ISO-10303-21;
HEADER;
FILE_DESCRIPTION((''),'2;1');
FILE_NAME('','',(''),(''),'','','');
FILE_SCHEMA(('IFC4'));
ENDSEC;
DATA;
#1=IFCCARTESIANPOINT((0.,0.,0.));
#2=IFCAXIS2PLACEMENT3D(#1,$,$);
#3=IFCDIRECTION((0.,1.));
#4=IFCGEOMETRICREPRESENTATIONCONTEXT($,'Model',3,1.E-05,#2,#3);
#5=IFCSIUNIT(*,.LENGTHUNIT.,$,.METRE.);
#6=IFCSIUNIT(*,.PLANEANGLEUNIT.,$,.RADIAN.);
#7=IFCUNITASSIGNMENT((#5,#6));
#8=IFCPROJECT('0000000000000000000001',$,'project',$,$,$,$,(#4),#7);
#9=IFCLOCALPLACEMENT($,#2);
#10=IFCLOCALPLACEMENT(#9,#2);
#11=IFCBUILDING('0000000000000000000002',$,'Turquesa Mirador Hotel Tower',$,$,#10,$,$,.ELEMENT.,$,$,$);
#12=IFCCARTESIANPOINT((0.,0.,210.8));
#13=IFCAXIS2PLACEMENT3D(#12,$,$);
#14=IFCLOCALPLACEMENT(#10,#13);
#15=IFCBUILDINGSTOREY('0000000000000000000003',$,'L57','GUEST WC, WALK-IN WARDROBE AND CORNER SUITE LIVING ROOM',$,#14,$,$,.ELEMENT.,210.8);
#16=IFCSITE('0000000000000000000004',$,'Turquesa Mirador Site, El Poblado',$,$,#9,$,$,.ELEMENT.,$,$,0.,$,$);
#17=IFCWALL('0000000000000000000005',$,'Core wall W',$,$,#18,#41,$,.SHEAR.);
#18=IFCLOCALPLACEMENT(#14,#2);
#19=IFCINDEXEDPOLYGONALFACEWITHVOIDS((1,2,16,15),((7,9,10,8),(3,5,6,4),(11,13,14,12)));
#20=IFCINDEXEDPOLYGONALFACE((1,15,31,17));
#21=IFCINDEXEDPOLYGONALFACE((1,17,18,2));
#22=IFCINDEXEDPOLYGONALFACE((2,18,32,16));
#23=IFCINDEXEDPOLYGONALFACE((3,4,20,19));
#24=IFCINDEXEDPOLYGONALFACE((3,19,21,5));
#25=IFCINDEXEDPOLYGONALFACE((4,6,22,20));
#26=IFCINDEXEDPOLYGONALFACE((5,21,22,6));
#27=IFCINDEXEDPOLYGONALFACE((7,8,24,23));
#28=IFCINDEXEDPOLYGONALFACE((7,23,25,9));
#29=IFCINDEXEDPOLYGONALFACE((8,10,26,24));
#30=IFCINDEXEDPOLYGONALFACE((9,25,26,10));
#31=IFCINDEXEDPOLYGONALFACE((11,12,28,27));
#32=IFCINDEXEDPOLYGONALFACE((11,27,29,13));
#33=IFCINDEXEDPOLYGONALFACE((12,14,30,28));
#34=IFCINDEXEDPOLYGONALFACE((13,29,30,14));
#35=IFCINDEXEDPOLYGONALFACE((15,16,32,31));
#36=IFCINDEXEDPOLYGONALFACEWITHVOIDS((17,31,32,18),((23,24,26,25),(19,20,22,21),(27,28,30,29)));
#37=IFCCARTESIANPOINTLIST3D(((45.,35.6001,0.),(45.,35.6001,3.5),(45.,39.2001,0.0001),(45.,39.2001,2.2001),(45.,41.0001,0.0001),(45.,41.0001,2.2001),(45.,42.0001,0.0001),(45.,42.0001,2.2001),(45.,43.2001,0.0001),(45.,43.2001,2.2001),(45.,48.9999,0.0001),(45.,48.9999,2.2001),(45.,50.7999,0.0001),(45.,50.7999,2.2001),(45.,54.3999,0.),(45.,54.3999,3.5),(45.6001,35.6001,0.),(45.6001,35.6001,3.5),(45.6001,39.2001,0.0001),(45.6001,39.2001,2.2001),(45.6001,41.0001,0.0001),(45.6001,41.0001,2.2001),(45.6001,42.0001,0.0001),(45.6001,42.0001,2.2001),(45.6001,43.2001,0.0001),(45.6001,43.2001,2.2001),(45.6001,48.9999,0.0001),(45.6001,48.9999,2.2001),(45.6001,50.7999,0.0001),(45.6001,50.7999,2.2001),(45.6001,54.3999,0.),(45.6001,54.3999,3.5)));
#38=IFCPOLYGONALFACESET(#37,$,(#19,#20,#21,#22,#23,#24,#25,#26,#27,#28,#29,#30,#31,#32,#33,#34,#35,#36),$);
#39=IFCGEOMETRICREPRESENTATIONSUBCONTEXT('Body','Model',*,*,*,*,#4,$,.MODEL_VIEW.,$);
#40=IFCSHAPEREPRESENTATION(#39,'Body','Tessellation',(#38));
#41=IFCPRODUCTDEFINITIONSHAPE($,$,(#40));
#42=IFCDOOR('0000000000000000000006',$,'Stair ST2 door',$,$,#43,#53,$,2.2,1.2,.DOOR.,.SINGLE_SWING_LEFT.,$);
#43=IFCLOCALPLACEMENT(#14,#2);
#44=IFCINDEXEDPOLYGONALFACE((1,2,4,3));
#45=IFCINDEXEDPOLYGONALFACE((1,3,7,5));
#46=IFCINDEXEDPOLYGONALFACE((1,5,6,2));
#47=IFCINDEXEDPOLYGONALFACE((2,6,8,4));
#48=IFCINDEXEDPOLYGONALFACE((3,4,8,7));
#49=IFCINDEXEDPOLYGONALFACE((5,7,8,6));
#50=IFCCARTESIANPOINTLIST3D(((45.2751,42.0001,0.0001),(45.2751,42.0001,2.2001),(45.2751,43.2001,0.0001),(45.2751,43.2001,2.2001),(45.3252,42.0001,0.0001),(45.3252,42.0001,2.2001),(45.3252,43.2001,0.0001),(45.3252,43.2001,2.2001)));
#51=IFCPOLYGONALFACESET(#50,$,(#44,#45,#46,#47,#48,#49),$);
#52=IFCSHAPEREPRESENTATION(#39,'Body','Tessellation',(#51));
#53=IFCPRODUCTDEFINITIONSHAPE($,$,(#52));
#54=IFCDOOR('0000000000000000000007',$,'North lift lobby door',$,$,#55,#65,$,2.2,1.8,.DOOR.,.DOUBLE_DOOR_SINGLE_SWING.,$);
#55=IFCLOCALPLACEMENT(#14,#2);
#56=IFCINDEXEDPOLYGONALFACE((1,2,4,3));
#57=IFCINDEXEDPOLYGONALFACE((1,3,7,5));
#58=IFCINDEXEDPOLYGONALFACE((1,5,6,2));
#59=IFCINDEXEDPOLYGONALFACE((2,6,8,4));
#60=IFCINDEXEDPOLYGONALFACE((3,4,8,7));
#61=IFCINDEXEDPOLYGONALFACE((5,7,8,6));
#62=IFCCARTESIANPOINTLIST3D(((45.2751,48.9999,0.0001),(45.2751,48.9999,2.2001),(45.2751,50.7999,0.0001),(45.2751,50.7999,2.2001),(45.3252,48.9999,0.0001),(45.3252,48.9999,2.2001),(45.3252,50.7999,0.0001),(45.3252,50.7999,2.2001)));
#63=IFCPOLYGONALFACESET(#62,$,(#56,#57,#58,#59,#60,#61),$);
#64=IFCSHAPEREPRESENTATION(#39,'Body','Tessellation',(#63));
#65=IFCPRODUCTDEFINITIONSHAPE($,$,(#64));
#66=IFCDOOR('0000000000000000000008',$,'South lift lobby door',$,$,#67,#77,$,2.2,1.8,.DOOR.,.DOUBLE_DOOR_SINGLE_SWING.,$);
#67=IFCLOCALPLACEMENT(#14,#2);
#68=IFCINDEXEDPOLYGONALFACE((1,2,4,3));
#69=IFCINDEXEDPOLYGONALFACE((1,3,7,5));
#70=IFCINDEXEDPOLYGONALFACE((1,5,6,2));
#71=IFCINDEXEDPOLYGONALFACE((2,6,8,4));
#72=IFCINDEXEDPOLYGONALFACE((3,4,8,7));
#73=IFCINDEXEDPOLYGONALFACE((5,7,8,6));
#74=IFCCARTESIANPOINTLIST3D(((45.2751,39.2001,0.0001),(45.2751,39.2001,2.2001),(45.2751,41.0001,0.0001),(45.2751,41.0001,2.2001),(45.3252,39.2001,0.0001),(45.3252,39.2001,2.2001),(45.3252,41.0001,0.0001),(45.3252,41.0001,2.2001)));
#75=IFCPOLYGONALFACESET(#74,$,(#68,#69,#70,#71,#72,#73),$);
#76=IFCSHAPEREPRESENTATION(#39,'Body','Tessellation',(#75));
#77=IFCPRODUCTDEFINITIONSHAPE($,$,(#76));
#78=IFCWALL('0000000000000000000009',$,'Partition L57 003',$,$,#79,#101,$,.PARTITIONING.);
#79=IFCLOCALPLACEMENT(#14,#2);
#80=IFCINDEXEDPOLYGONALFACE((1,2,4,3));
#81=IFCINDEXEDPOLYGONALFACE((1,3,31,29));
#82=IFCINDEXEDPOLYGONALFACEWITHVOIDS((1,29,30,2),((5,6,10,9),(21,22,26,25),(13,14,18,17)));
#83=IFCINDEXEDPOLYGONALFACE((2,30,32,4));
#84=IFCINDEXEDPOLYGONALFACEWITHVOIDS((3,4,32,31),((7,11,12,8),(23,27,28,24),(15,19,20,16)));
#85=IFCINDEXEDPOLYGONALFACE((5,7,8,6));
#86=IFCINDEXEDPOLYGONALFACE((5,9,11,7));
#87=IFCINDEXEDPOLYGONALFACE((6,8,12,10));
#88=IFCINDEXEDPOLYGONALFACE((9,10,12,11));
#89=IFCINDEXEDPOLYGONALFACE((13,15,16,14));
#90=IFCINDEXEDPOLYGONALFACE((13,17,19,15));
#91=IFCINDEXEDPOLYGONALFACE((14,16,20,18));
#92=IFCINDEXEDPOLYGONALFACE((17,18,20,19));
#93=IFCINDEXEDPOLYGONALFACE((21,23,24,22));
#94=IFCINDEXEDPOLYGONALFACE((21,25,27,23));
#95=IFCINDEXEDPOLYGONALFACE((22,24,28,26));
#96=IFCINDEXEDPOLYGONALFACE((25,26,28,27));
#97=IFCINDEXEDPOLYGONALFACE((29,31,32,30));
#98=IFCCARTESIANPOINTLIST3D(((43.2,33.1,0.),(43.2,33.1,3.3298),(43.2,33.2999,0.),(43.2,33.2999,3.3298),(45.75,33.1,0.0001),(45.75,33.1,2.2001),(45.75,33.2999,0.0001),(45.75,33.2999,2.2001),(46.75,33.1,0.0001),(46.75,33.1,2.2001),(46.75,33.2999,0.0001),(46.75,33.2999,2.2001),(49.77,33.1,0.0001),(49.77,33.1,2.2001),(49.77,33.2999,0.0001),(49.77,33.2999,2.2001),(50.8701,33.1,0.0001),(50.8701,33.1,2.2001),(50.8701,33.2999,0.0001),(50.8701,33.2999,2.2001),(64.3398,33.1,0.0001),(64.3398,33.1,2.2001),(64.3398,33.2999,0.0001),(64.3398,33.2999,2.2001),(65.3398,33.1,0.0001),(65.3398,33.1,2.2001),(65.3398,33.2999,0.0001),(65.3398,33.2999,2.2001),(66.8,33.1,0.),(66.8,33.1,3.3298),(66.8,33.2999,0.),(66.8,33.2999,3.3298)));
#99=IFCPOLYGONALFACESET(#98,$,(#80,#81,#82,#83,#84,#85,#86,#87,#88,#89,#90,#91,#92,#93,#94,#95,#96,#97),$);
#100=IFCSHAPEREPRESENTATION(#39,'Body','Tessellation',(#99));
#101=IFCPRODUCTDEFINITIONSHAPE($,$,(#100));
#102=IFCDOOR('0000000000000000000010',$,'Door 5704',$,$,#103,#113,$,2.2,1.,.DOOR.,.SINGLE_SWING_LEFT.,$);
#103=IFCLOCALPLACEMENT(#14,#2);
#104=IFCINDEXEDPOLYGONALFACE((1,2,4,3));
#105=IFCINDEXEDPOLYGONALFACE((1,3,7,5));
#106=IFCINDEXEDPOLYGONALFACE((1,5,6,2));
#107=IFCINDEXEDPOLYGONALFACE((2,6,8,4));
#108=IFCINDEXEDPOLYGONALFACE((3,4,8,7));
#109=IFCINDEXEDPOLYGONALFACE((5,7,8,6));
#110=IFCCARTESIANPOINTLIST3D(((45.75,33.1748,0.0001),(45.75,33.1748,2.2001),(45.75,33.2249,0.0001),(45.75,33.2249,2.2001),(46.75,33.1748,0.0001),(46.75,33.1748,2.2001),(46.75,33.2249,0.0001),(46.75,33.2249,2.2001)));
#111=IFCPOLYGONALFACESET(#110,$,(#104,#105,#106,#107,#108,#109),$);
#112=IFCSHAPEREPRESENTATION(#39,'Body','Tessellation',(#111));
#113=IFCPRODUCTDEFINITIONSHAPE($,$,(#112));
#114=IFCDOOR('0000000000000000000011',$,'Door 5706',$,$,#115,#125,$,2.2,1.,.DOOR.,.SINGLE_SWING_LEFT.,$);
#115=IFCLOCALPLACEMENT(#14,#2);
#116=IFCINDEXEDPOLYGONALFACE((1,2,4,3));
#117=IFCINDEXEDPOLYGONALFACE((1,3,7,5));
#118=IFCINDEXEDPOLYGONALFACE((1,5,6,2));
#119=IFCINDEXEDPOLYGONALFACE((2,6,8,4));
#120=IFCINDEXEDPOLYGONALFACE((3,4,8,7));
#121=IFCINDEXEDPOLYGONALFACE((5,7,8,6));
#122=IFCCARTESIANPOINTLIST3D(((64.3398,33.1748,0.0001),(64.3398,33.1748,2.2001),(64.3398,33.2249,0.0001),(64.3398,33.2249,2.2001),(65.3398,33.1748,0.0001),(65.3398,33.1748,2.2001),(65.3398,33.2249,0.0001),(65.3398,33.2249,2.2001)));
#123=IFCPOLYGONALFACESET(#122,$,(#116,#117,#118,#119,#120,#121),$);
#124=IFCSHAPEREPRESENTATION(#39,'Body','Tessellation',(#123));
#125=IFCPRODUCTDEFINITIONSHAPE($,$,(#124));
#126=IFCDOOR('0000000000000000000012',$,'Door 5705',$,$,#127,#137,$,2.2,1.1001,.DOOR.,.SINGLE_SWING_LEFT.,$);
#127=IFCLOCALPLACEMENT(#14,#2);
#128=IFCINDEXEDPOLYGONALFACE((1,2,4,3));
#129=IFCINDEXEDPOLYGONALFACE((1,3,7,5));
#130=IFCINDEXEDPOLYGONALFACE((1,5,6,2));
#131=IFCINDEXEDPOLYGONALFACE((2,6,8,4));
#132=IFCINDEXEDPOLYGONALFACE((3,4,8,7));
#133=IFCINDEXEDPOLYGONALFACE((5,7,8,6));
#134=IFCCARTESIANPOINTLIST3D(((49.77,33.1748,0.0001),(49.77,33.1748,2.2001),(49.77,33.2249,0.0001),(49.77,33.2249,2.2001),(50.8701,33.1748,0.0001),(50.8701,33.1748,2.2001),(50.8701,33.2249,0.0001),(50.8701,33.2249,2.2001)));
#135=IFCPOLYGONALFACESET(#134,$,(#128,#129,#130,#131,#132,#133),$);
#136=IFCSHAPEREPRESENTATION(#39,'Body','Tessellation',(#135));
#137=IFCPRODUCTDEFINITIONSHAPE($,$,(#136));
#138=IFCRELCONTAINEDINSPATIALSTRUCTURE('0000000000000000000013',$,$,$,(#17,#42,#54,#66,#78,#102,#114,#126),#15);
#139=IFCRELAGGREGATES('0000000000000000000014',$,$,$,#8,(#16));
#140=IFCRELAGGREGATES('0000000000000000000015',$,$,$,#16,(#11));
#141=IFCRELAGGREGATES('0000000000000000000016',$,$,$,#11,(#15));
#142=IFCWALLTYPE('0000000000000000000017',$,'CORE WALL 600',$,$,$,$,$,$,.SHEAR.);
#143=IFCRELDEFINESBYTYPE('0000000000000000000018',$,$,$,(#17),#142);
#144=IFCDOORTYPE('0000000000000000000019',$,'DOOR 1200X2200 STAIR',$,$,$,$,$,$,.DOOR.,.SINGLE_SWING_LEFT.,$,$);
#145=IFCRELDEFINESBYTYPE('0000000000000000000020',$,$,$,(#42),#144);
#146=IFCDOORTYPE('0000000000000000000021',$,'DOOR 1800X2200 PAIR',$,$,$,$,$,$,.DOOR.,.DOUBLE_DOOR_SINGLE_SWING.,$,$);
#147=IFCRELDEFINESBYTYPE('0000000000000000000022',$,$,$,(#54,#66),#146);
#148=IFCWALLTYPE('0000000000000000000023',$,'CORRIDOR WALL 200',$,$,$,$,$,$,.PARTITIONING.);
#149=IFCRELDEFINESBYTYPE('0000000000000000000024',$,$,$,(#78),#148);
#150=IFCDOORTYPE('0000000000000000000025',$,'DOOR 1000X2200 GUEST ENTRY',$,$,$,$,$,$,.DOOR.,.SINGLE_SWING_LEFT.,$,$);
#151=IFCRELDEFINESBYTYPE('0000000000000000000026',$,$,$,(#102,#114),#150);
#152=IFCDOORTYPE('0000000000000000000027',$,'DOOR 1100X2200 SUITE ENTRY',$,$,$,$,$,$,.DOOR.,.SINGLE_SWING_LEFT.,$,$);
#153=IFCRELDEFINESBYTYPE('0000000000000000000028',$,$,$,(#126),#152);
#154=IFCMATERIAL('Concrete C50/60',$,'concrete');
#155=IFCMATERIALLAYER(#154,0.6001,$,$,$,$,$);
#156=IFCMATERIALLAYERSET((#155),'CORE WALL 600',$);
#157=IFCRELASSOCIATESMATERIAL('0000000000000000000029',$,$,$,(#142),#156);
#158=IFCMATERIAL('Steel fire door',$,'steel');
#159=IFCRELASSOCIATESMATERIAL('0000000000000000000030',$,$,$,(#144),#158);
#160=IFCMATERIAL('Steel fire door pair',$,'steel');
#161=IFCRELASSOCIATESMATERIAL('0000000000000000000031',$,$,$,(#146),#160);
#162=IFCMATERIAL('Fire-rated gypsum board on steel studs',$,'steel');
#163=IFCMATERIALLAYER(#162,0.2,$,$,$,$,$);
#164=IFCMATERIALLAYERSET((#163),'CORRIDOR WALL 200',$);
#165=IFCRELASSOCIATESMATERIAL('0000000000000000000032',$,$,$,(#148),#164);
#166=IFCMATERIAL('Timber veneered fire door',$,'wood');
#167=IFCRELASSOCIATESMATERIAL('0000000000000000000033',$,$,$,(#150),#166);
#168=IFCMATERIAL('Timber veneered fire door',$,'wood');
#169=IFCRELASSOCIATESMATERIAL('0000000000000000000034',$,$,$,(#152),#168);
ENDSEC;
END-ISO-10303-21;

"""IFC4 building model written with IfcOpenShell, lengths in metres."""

from ifc_helpers import new_model, si_unit, direction, frame, frame_2d, origin, place, context, subcontext, project, spatial, rectangle, extrude, material, layer, layer_set, type_object, element, fill, save


model = new_model("IFC4")

# Units and contexts
model_context = context("Model", 3, precision=1e-05, world=origin(), true_north=direction((0.0, 1.0)))
body_context = subcontext(model_context, "Body", "Model", "MODEL_VIEW")
ifc_project = project(units=[si_unit("LENGTHUNIT", "METRE"), si_unit("PLANEANGLEUNIT", "RADIAN")], contexts=[model_context])

# Site, building, storey
site_placement = place(None, origin())
site = spatial("IfcSite", under=ifc_project, at=site_placement, Name="Turquesa Mirador Site, El Poblado", CompositionType="ELEMENT", RefElevation=0.0)
building_placement = place(site_placement, origin())
building = spatial("IfcBuilding", under=site, at=building_placement, Name="Turquesa Mirador Hotel Tower", CompositionType="ELEMENT")
storey_placement = place(building_placement, frame((0.0, 0.0, 210.8)))
storey = spatial("IfcBuildingStorey", under=building, at=storey_placement, Name="L57", Description="GUEST WC, WALK-IN WARDROBE AND CORNER SUITE LIVING ROOM", CompositionType="ELEMENT", Elevation=210.8)

# Shared definitions
ifc_material_1 = material(Name="Concrete C50/60", Category="concrete")
ifc_layer_1 = layer(ifc_material_1, 0.6001)
ifc_layer_set_1 = layer_set([ifc_layer_1], Name="CORE WALL 600")
wall_type_1 = type_object("IfcWallType", Name="CORE WALL 600", PredefinedType="SHEAR", material=ifc_layer_set_1)

# Walls, openings, doors
wall_1_placement = place(storey_placement, frame((45.3, 35.6001, 0.0), z_axis=(0.0, 0.0, 1.0), x_axis=(0.0, 1.0, 0.0)))
wall_1 = element("IfcWall", 1, at=wall_1_placement, inside=storey, type_object=wall_type_1, Name="Core wall W", PredefinedType="SHEAR", context=body_context, shape_type="SweptSolid", body=[
    extrude(rectangle(XDim=18.7998, YDim=0.6001, at=frame_2d((9.3999, 0.0))), origin(), (0.0, 0.0, 1.0), 3.5),
])
opening_1_placement = place(wall_1_placement, frame((13.3999, 0.0, 0.0)))
opening_1 = element("IfcOpeningElement", 2, at=opening_1_placement, cuts=wall_1, PredefinedType="OPENING", context=body_context, shape_type="SweptSolid", body=[
    extrude(rectangle(XDim=1.8, YDim=2.2, at=frame_2d((0.8999, 1.1001))), frame((0.0, 0.3101, 0.0), z_axis=(0.0, -1.0, 0.0), x_axis=(1.0, 0.0, 0.0)), (0.0, 0.0, 1.0), 0.6201),
])
opening_2_placement = place(wall_1_placement, frame((3.6001, 0.0, 0.0)))
opening_2 = element("IfcOpeningElement", 3, at=opening_2_placement, cuts=wall_1, PredefinedType="OPENING", context=body_context, shape_type="SweptSolid", body=[
    extrude(rectangle(XDim=1.8, YDim=2.2, at=frame_2d((0.8999, 1.1001))), frame((0.0, 0.3101, 0.0), z_axis=(0.0, -1.0, 0.0), x_axis=(1.0, 0.0, 0.0)), (0.0, 0.0, 1.0), 0.6201),
])
opening_3_placement = place(wall_1_placement, frame((6.3999, 0.0, 0.0)))
opening_3 = element("IfcOpeningElement", 4, at=opening_3_placement, cuts=wall_1, PredefinedType="OPENING", context=body_context, shape_type="SweptSolid", body=[
    extrude(rectangle(XDim=1.2, YDim=2.2, at=frame_2d((0.6001, 1.1001))), frame((0.0, 0.3101, 0.0), z_axis=(0.0, -1.0, 0.0), x_axis=(1.0, 0.0, 0.0)), (0.0, 0.0, 1.0), 0.6201),
])
ifc_material_2 = material(Name="Steel fire door", Category="steel")
door_type_1 = type_object("IfcDoorType", Name="DOOR 1200X2200 STAIR", OperationType="SINGLE_SWING_LEFT", PredefinedType="DOOR", material=ifc_material_2)
door_1_placement = place(opening_3_placement, origin())
door_1 = element("IfcDoor", 5, at=door_1_placement, inside=storey, type_object=door_type_1, Name="Stair ST2 door", OperationType="SINGLE_SWING_LEFT", OverallHeight=2.2, OverallWidth=1.2, PredefinedType="DOOR", context=body_context, shape_type="SweptSolid", body=[
    extrude(rectangle(XDim=1.2, YDim=2.2, at=frame_2d((0.6001, 1.1001))), frame((0.0, 0.0249, 0.0), z_axis=(0.0, -1.0, 0.0), x_axis=(1.0, 0.0, 0.0)), (0.0, 0.0, 1.0), 0.05),
])
fill(opening_3, door_1)
ifc_material_3 = material(Name="Steel fire door pair", Category="steel")
door_type_2 = type_object("IfcDoorType", Name="DOOR 1800X2200 PAIR", OperationType="DOUBLE_DOOR_SINGLE_SWING", PredefinedType="DOOR", material=ifc_material_3)
door_2_placement = place(opening_1_placement, origin())
door_2 = element("IfcDoor", 6, at=door_2_placement, inside=storey, type_object=door_type_2, Name="North lift lobby door", OperationType="DOUBLE_DOOR_SINGLE_SWING", OverallHeight=2.2, OverallWidth=1.8, PredefinedType="DOOR", context=body_context, shape_type="SweptSolid", body=[
    extrude(rectangle(XDim=1.8, YDim=2.2, at=frame_2d((0.8999, 1.1001))), frame((0.0, 0.0249, 0.0), z_axis=(0.0, -1.0, 0.0), x_axis=(1.0, 0.0, 0.0)), (0.0, 0.0, 1.0), 0.05),
])
fill(opening_1, door_2)
door_3_placement = place(opening_2_placement, origin())
door_3 = element("IfcDoor", 7, at=door_3_placement, inside=storey, type_object=door_type_2, Name="South lift lobby door", OperationType="DOUBLE_DOOR_SINGLE_SWING", OverallHeight=2.2, OverallWidth=1.8, PredefinedType="DOOR", context=body_context, shape_type="SweptSolid", body=[
    extrude(rectangle(XDim=1.8, YDim=2.2, at=frame_2d((0.8999, 1.1001))), frame((0.0, 0.0249, 0.0), z_axis=(0.0, -1.0, 0.0), x_axis=(1.0, 0.0, 0.0)), (0.0, 0.0, 1.0), 0.05),
])
fill(opening_2, door_3)
ifc_material_4 = material(Name="Fire-rated gypsum board on steel studs", Category="steel")
ifc_layer_2 = layer(ifc_material_4, 0.2)
ifc_layer_set_2 = layer_set([ifc_layer_2], Name="CORRIDOR WALL 200")
wall_type_2 = type_object("IfcWallType", Name="CORRIDOR WALL 200", PredefinedType="PARTITIONING", material=ifc_layer_set_2)
wall_2_placement = place(storey_placement, frame((43.2, 33.2, 0.0), z_axis=(0.0, 0.0, 1.0), x_axis=(1.0, 0.0, 0.0)))
wall_2 = element("IfcWall", 8, at=wall_2_placement, inside=storey, type_object=wall_type_2, Name="Partition L57 003", PredefinedType="PARTITIONING", context=body_context, shape_type="SweptSolid", body=[
    extrude(rectangle(XDim=23.6001, YDim=0.2, at=frame_2d((11.8, 0.0))), origin(), (0.0, 0.0, 1.0), 3.3298),
])
opening_4_placement = place(wall_2_placement, frame((2.55, 0.0, 0.0)))
opening_4 = element("IfcOpeningElement", 9, at=opening_4_placement, cuts=wall_2, PredefinedType="OPENING", context=body_context, shape_type="SweptSolid", body=[
    extrude(rectangle(XDim=1.0, YDim=2.2, at=frame_2d((0.5, 1.1001))), frame((0.0, 0.1099, 0.0), z_axis=(0.0, -1.0, 0.0), x_axis=(1.0, 0.0, 0.0)), (0.0, 0.0, 1.0), 0.22),
])
opening_5_placement = place(wall_2_placement, frame((6.5701, 0.0, 0.0)))
opening_5 = element("IfcOpeningElement", 10, at=opening_5_placement, cuts=wall_2, PredefinedType="OPENING", context=body_context, shape_type="SweptSolid", body=[
    extrude(rectangle(XDim=1.1001, YDim=2.2, at=frame_2d((0.55, 1.1001))), frame((0.0, 0.1099, 0.0), z_axis=(0.0, -1.0, 0.0), x_axis=(1.0, 0.0, 0.0)), (0.0, 0.0, 1.0), 0.22),
])
opening_6_placement = place(wall_2_placement, frame((21.1399, 0.0, 0.0)))
opening_6 = element("IfcOpeningElement", 11, at=opening_6_placement, cuts=wall_2, PredefinedType="OPENING", context=body_context, shape_type="SweptSolid", body=[
    extrude(rectangle(XDim=1.0, YDim=2.2, at=frame_2d((0.5, 1.1001))), frame((0.0, 0.1099, 0.0), z_axis=(0.0, -1.0, 0.0), x_axis=(1.0, 0.0, 0.0)), (0.0, 0.0, 1.0), 0.22),
])
ifc_material_5 = material(Name="Timber veneered fire door", Category="wood")
door_type_3 = type_object("IfcDoorType", Name="DOOR 1000X2200 GUEST ENTRY", OperationType="SINGLE_SWING_LEFT", PredefinedType="DOOR", material=ifc_material_5)
door_4_placement = place(opening_4_placement, origin())
door_4 = element("IfcDoor", 12, at=door_4_placement, inside=storey, type_object=door_type_3, Name="Door 5704", OperationType="SINGLE_SWING_LEFT", OverallHeight=2.2, OverallWidth=1.0, PredefinedType="DOOR", context=body_context, shape_type="SweptSolid", body=[
    extrude(rectangle(XDim=1.0, YDim=2.2, at=frame_2d((0.5, 1.1001))), frame((0.0, 0.0249, 0.0), z_axis=(0.0, -1.0, 0.0), x_axis=(1.0, 0.0, 0.0)), (0.0, 0.0, 1.0), 0.05),
])
fill(opening_4, door_4)
door_5_placement = place(opening_6_placement, origin())
door_5 = element("IfcDoor", 13, at=door_5_placement, inside=storey, type_object=door_type_3, Name="Door 5706", OperationType="SINGLE_SWING_LEFT", OverallHeight=2.2, OverallWidth=1.0, PredefinedType="DOOR", context=body_context, shape_type="SweptSolid", body=[
    extrude(rectangle(XDim=1.0, YDim=2.2, at=frame_2d((0.5, 1.1001))), frame((0.0, 0.0249, 0.0), z_axis=(0.0, -1.0, 0.0), x_axis=(1.0, 0.0, 0.0)), (0.0, 0.0, 1.0), 0.05),
])
fill(opening_6, door_5)
ifc_material_6 = material(Name="Timber veneered fire door", Category="wood")
door_type_4 = type_object("IfcDoorType", Name="DOOR 1100X2200 SUITE ENTRY", OperationType="SINGLE_SWING_LEFT", PredefinedType="DOOR", material=ifc_material_6)
door_6_placement = place(opening_5_placement, origin())
door_6 = element("IfcDoor", 14, at=door_6_placement, inside=storey, type_object=door_type_4, Name="Door 5705", OperationType="SINGLE_SWING_LEFT", OverallHeight=2.2, OverallWidth=1.1001, PredefinedType="DOOR", context=body_context, shape_type="SweptSolid", body=[
    extrude(rectangle(XDim=1.1001, YDim=2.2, at=frame_2d((0.55, 1.1001))), frame((0.0, 0.0249, 0.0), z_axis=(0.0, -1.0, 0.0), x_axis=(1.0, 0.0, 0.0)), (0.0, 0.0, 1.0), 0.05),
])
fill(opening_5, door_6)

save(model, "model.ifc")
